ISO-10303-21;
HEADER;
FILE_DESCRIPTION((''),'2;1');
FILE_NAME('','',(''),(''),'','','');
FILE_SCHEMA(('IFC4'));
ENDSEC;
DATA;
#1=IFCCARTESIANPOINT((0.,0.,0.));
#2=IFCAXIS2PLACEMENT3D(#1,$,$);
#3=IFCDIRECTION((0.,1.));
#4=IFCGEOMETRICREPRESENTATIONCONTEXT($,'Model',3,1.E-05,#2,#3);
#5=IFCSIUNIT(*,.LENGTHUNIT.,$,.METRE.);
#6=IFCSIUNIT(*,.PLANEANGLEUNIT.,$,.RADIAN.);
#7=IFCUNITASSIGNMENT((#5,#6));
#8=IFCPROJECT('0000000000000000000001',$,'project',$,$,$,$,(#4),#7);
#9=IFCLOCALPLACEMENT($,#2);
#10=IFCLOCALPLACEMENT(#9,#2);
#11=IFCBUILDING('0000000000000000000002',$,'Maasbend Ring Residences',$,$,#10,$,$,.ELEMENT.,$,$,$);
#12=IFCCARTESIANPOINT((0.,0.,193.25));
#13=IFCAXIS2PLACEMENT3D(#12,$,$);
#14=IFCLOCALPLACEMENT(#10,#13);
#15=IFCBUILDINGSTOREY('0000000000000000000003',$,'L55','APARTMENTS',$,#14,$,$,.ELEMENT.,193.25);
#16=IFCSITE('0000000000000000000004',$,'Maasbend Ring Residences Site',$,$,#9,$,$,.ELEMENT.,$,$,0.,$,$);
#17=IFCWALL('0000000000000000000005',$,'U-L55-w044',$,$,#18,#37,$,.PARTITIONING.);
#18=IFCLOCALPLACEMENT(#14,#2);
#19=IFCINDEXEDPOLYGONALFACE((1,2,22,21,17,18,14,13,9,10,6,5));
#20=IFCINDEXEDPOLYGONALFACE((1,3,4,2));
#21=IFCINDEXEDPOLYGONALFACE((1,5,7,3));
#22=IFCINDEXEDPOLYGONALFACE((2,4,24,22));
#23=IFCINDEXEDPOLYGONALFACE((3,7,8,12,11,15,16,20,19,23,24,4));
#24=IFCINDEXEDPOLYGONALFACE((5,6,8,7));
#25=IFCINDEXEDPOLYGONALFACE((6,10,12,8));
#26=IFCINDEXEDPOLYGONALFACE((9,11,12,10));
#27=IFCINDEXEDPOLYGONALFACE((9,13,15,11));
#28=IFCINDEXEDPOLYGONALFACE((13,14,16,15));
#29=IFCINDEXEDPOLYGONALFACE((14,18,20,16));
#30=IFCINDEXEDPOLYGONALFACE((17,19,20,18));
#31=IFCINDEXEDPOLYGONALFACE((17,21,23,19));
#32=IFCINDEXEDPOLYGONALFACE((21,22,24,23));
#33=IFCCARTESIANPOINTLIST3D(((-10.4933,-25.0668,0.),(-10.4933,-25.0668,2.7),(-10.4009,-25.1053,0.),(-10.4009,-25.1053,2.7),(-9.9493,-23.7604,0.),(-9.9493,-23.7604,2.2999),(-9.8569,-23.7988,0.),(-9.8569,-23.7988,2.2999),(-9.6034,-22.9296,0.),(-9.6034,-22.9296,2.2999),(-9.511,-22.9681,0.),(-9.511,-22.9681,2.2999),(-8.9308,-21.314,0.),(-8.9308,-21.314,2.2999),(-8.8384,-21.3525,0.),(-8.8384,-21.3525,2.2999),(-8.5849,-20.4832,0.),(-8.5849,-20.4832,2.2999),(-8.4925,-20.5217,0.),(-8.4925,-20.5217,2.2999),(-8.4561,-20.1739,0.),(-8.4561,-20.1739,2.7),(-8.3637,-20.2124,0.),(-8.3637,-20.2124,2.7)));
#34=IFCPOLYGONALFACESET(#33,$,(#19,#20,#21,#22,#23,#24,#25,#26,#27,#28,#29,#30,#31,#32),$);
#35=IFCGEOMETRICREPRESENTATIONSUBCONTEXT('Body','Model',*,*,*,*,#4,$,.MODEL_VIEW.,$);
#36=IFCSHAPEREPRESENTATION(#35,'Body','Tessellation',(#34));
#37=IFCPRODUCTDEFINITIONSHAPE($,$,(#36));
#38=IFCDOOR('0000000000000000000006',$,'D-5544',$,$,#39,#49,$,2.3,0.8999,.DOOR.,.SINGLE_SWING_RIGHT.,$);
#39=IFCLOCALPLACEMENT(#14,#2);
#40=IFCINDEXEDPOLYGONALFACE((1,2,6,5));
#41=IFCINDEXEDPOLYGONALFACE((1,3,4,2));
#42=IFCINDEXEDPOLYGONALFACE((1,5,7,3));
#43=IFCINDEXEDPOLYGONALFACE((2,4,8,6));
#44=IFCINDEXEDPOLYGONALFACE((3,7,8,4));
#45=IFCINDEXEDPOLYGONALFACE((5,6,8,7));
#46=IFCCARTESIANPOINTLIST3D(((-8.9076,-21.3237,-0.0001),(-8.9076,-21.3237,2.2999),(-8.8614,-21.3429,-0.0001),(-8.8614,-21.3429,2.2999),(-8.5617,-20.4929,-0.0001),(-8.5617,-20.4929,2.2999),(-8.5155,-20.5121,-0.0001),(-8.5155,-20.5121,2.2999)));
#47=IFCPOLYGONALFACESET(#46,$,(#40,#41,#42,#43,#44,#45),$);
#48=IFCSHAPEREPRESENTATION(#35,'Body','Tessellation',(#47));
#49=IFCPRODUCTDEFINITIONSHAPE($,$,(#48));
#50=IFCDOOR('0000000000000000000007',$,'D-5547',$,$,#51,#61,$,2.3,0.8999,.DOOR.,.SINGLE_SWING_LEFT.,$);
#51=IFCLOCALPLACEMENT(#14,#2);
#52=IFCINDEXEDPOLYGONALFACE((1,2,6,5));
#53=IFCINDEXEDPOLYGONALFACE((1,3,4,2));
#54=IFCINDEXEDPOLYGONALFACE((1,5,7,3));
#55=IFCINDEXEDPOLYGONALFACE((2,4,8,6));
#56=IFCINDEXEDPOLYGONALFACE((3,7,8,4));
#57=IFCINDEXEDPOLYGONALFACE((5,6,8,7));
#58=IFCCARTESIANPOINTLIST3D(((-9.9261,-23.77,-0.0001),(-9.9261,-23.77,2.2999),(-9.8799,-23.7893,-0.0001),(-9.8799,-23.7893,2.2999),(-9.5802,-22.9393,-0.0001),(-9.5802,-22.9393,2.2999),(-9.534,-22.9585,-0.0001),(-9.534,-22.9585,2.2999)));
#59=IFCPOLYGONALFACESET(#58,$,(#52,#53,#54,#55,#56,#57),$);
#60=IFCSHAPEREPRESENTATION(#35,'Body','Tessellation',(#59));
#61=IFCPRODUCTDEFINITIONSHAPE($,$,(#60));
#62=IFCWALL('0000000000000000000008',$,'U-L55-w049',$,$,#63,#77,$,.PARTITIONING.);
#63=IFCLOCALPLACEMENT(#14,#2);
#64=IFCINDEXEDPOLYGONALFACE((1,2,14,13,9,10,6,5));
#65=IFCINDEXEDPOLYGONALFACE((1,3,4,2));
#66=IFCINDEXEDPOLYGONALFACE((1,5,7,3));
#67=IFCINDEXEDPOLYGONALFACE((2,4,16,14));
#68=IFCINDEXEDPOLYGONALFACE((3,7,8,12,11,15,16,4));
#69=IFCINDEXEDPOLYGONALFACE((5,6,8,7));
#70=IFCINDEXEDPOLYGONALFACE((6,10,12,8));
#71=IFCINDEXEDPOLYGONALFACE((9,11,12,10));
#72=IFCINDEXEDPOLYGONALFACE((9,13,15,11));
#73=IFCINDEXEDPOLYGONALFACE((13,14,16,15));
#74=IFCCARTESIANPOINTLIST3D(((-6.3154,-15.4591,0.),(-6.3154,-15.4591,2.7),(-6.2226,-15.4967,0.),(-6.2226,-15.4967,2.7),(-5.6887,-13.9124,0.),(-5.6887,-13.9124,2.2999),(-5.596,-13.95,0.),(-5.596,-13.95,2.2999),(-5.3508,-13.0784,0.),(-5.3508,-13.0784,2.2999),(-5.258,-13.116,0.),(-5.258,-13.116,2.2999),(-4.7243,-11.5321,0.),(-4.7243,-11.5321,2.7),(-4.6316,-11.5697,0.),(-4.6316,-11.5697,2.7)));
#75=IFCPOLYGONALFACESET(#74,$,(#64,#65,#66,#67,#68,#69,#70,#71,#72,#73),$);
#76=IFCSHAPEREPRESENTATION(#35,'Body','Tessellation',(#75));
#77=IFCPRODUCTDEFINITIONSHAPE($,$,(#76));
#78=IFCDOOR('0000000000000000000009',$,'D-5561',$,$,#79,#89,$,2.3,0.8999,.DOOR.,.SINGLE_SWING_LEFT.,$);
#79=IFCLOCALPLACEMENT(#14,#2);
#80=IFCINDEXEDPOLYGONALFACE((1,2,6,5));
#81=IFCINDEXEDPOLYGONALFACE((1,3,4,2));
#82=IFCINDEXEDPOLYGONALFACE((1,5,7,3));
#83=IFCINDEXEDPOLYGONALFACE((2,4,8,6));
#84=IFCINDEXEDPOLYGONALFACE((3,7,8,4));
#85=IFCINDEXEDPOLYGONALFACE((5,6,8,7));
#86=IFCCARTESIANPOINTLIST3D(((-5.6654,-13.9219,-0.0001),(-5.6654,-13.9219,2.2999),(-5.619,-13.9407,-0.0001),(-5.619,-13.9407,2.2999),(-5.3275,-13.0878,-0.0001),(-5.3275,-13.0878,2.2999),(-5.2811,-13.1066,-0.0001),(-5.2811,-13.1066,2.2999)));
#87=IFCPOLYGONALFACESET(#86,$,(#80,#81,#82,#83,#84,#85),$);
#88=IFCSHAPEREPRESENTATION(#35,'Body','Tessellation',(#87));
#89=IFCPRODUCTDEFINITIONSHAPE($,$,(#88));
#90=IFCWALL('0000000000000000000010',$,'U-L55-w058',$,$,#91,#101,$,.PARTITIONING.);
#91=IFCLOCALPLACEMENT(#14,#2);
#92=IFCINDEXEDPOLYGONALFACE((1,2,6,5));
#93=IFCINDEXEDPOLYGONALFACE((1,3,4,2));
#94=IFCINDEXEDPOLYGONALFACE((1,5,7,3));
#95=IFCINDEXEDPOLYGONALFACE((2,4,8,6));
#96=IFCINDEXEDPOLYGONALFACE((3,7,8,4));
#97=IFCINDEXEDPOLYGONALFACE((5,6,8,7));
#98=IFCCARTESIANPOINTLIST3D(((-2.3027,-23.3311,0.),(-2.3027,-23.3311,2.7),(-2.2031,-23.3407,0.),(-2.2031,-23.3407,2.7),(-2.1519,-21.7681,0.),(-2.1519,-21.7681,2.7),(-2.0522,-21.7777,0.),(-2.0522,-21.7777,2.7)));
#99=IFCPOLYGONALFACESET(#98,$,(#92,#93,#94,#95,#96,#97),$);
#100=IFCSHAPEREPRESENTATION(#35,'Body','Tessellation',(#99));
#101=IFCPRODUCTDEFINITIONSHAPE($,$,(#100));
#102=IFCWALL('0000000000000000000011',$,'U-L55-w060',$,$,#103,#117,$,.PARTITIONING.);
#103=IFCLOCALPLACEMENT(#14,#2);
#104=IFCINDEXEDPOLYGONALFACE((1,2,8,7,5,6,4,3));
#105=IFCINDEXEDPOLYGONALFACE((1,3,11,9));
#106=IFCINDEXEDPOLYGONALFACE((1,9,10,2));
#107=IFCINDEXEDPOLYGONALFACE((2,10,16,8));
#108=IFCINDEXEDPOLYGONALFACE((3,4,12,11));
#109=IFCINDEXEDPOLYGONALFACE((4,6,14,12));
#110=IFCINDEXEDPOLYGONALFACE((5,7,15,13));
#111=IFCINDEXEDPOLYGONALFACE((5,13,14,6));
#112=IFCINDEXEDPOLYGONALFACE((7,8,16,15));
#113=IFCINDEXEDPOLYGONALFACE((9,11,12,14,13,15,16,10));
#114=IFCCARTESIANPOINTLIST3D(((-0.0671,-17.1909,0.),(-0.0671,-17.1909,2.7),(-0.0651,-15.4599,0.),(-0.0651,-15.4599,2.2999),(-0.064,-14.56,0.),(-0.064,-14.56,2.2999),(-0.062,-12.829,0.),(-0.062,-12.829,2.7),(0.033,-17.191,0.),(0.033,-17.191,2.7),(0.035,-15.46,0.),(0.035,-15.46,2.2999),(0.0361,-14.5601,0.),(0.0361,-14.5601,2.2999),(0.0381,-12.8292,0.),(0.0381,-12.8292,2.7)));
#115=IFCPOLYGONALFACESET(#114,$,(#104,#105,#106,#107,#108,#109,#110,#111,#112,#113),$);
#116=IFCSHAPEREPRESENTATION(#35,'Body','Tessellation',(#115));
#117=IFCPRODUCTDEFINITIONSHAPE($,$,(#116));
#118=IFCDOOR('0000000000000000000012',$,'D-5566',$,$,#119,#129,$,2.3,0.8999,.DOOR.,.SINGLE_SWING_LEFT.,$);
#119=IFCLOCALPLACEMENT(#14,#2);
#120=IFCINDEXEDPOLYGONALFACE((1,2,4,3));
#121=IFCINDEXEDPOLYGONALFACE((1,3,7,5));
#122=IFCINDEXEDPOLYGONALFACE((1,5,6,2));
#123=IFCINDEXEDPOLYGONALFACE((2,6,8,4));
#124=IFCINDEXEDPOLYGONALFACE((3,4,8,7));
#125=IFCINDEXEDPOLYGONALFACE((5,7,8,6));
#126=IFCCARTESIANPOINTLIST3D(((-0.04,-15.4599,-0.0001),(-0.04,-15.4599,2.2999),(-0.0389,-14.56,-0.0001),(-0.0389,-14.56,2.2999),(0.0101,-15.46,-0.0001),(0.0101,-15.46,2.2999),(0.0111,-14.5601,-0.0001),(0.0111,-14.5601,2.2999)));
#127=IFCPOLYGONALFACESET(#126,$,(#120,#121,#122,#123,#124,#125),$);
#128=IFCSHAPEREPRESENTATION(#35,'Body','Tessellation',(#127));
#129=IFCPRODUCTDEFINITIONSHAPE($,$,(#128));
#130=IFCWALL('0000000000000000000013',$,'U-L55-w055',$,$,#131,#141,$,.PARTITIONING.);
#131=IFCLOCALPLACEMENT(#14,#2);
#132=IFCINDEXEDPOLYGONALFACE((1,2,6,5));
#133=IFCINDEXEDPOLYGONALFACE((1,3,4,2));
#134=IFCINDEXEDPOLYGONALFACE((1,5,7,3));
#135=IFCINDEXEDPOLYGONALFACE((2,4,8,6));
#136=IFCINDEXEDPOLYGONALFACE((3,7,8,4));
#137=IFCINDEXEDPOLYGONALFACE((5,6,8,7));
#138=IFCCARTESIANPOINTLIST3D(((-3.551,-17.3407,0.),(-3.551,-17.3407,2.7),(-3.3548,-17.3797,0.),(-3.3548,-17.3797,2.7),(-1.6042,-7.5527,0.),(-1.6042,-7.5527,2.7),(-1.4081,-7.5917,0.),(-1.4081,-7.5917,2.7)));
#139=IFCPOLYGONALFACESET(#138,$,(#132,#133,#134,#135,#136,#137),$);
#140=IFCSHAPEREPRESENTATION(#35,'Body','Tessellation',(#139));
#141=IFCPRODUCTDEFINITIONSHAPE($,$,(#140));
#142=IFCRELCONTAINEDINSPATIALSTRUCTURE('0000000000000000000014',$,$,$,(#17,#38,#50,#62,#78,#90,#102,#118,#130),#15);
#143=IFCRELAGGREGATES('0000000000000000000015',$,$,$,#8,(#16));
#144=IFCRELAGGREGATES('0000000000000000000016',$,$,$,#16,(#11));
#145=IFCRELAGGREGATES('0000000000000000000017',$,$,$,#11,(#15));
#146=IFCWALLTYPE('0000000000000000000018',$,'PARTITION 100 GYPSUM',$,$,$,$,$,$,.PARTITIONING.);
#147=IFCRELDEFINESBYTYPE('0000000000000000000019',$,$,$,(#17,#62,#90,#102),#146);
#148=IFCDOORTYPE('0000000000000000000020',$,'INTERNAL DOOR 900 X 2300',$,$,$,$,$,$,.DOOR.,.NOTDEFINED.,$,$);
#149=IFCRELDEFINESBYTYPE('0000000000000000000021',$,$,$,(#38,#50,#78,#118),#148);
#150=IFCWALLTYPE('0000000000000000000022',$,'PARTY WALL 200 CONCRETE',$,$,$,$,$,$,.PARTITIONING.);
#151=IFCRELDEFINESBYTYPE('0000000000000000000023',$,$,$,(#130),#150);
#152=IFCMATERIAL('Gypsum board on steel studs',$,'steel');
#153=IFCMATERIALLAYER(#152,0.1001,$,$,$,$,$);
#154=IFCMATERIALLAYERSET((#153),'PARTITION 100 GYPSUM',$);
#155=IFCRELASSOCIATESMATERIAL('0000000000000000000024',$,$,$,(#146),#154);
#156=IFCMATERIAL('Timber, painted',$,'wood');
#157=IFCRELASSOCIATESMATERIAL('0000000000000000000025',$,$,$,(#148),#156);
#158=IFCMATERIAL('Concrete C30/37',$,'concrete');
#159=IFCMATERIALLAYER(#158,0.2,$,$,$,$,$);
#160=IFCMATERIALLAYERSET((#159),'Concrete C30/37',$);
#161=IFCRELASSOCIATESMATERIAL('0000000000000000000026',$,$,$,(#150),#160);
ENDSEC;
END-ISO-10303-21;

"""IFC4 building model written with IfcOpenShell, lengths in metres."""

from ifc_helpers import new_model, si_unit, direction, frame, frame_2d, origin, place, context, subcontext, project, spatial, rectangle, extrude, material, layer, layer_set, type_object, element, fill, save


model = new_model("IFC4")

# Units and contexts
model_context = context("Model", 3, precision=1e-05, world=origin(), true_north=direction((0.0, 1.0)))
body_context = subcontext(model_context, "Body", "Model", "MODEL_VIEW")
ifc_project = project(units=[si_unit("LENGTHUNIT", "METRE"), si_unit("PLANEANGLEUNIT", "RADIAN")], contexts=[model_context])

# Site, building, storey
site_placement = place(None, origin())
site = spatial("IfcSite", under=ifc_project, at=site_placement, Name="Maasbend Ring Residences Site", CompositionType="ELEMENT", RefElevation=0.0)
building_placement = place(site_placement, origin())
building = spatial("IfcBuilding", under=site, at=building_placement, Name="Maasbend Ring Residences", CompositionType="ELEMENT")
storey_placement = place(building_placement, frame((0.0, 0.0, 193.25)))
storey = spatial("IfcBuildingStorey", under=building, at=storey_placement, Name="L55", Description="APARTMENTS", CompositionType="ELEMENT", Elevation=193.25)

# Shared definitions
ifc_material_1 = material(Name="Gypsum board on steel studs", Category="steel")
ifc_layer_1 = layer(ifc_material_1, 0.1001)
ifc_layer_set_1 = layer_set([ifc_layer_1], Name="PARTITION 100 GYPSUM")
wall_type_1 = type_object("IfcWallType", Name="PARTITION 100 GYPSUM", PredefinedType="PARTITIONING", material=ifc_layer_set_1)
ifc_material_2 = material(Name="Timber, painted", Category="wood")
door_type_1 = type_object("IfcDoorType", Name="INTERNAL DOOR 900 X 2300", OperationType="NOTDEFINED", PredefinedType="DOOR", material=ifc_material_2)

# Wall, openings, doors
wall_1_placement = place(storey_placement, frame((-10.447, -25.0859, 0.0), z_axis=(0.0, 0.0, 1.0), x_axis=(0.384364, 0.923182, 0.0)))
wall_1 = element("IfcWall", 1, at=wall_1_placement, inside=storey, type_object=wall_type_1, Name="U-L55-w044", PredefinedType="PARTITIONING", context=body_context, shape_type="SweptSolid", body=[
    extrude(rectangle(XDim=5.3, YDim=0.1001, at=frame_2d((2.6499, 0.0))), origin(), (0.0, 0.0, 1.0), 2.7),
])
opening_1_placement = place(wall_1_placement, frame((4.0649, 0.0, 0.0)))
opening_1 = element("IfcOpeningElement", 2, at=opening_1_placement, cuts=wall_1, PredefinedType="OPENING", context=body_context, shape_type="SweptSolid", body=[
    extrude(rectangle(XDim=0.8999, YDim=2.3, at=frame_2d((0.45, 1.1499))), frame((0.0, 0.0601, 0.0), z_axis=(0.0, -1.0, 0.0), x_axis=(1.0, 0.0, 0.0)), (0.0, 0.0, 1.0), 0.1201),
])
opening_2_placement = place(wall_1_placement, frame((1.415, 0.0, 0.0)))
opening_2 = element("IfcOpeningElement", 3, at=opening_2_placement, cuts=wall_1, PredefinedType="OPENING", context=body_context, shape_type="SweptSolid", body=[
    extrude(rectangle(XDim=0.8999, YDim=2.3, at=frame_2d((0.45, 1.1499))), frame((0.0, 0.0601, 0.0), z_axis=(0.0, -1.0, 0.0), x_axis=(1.0, 0.0, 0.0)), (0.0, 0.0, 1.0), 0.1201),
])
door_1_placement = place(opening_1_placement, origin())
door_1 = element("IfcDoor", 4, at=door_1_placement, inside=storey, type_object=door_type_1, Name="D-5544", OperationType="SINGLE_SWING_RIGHT", OverallHeight=2.3, OverallWidth=0.8999, PredefinedType="DOOR", context=body_context, shape_type="SweptSolid", body=[
    extrude(rectangle(XDim=0.8999, YDim=2.3, at=frame_2d((0.45, 1.1499))), frame((0.0, 0.0249, 0.0), z_axis=(0.0, -1.0, 0.0), x_axis=(1.0, 0.0, 0.0)), (0.0, 0.0, 1.0), 0.05),
])
fill(opening_1, door_1)
door_2_placement = place(opening_2_placement, origin())
door_2 = element("IfcDoor", 5, at=door_2_placement, inside=storey, type_object=door_type_1, Name="D-5547", OperationType="SINGLE_SWING_LEFT", OverallHeight=2.3, OverallWidth=0.8999, PredefinedType="DOOR", context=body_context, shape_type="SweptSolid", body=[
    extrude(rectangle(XDim=0.8999, YDim=2.3, at=frame_2d((0.45, 1.1499))), frame((0.0, 0.0249, 0.0), z_axis=(0.0, -1.0, 0.0), x_axis=(1.0, 0.0, 0.0)), (0.0, 0.0, 1.0), 0.05),
])
fill(opening_2, door_2)

# Wall, opening, door
wall_2_placement = place(storey_placement, frame((-6.269, -15.478, 0.0), z_axis=(0.0, 0.0, 1.0), x_axis=(0.37551, 0.926818, 0.0)))
wall_2 = element("IfcWall", 6, at=wall_2_placement, inside=storey, type_object=wall_type_1, Name="U-L55-w049", PredefinedType="PARTITIONING", context=body_context, shape_type="SweptSolid", body=[
    extrude(rectangle(XDim=4.2371, YDim=0.1001, at=frame_2d((2.1187, 0.0))), origin(), (0.0, 0.0, 1.0), 2.7),
])
opening_3_placement = place(wall_2_placement, frame((1.6689, 0.0, 0.0)))
opening_3 = element("IfcOpeningElement", 7, at=opening_3_placement, cuts=wall_2, PredefinedType="OPENING", context=body_context, shape_type="SweptSolid", body=[
    extrude(rectangle(XDim=0.8999, YDim=2.3, at=frame_2d((0.45, 1.1499))), frame((0.0, 0.0601, 0.0), z_axis=(0.0, -1.0, 0.0), x_axis=(1.0, 0.0, 0.0)), (0.0, 0.0, 1.0), 0.1201),
])
door_3_placement = place(opening_3_placement, origin())
door_3 = element("IfcDoor", 8, at=door_3_placement, inside=storey, type_object=door_type_1, Name="D-5561", OperationType="SINGLE_SWING_LEFT", OverallHeight=2.3, OverallWidth=0.8999, PredefinedType="DOOR", context=body_context, shape_type="SweptSolid", body=[
    extrude(rectangle(XDim=0.8999, YDim=2.3, at=frame_2d((0.45, 1.1499))), frame((0.0, 0.0249, 0.0), z_axis=(0.0, -1.0, 0.0), x_axis=(1.0, 0.0, 0.0)), (0.0, 0.0, 1.0), 0.05),
])
fill(opening_3, door_3)

# Wall
wall_3_placement = place(storey_placement, frame((-2.2529, -23.3359, 0.0), z_axis=(0.0, 0.0, 1.0), x_axis=(0.096086, 0.995373, 0.0)))
element("IfcWall", 9, at=wall_3_placement, inside=storey, type_object=wall_type_1, Name="U-L55-w058", PredefinedType="PARTITIONING", context=body_context, shape_type="SweptSolid", body=[
    extrude(rectangle(XDim=1.5703, YDim=0.1001, at=frame_2d((0.7852, 0.0))), origin(), (0.0, 0.0, 1.0), 2.7),
])

# Wall, opening, door
wall_4_placement = place(storey_placement, frame((-0.0171, -17.1909, 0.0), z_axis=(0.0, 0.0, 1.0), x_axis=(0.001175, 0.999999, 0.0)))
wall_4 = element("IfcWall", 10, at=wall_4_placement, inside=storey, type_object=wall_type_1, Name="U-L55-w060", PredefinedType="PARTITIONING", context=body_context, shape_type="SweptSolid", body=[
    extrude(rectangle(XDim=4.3618, YDim=0.1001, at=frame_2d((2.1809, 0.0))), origin(), (0.0, 0.0, 1.0), 2.7),
])
opening_4_placement = place(wall_4_placement, frame((1.731, 0.0, 0.0)))
opening_4 = element("IfcOpeningElement", 11, at=opening_4_placement, cuts=wall_4, PredefinedType="OPENING", context=body_context, shape_type="SweptSolid", body=[
    extrude(rectangle(XDim=0.8999, YDim=2.3, at=frame_2d((0.45, 1.1499))), frame((0.0, 0.0601, 0.0), z_axis=(0.0, -1.0, 0.0), x_axis=(1.0, 0.0, 0.0)), (0.0, 0.0, 1.0), 0.1201),
])
door_4_placement = place(opening_4_placement, origin())
door_4 = element("IfcDoor", 12, at=door_4_placement, inside=storey, type_object=door_type_1, Name="D-5566", OperationType="SINGLE_SWING_LEFT", OverallHeight=2.3, OverallWidth=0.8999, PredefinedType="DOOR", context=body_context, shape_type="SweptSolid", body=[
    extrude(rectangle(XDim=0.8999, YDim=2.3, at=frame_2d((0.45, 1.1499))), frame((0.0, 0.0249, 0.0), z_axis=(0.0, -1.0, 0.0), x_axis=(1.0, 0.0, 0.0)), (0.0, 0.0, 1.0), 0.05),
])
fill(opening_4, door_4)

# Wall
ifc_material_3 = material(Name="Concrete C30/37", Category="concrete")
ifc_layer_2 = layer(ifc_material_3, 0.2)
ifc_layer_set_2 = layer_set([ifc_layer_2], Name="Concrete C30/37")
wall_type_2 = type_object("IfcWallType", Name="PARTY WALL 200 CONCRETE", PredefinedType="PARTITIONING", material=ifc_layer_set_2)
wall_5_placement = place(storey_placement, frame((-3.4529, -17.3601, 0.0), z_axis=(0.0, 0.0, 1.0), x_axis=(0.195072, 0.980789, 0.0)))
element("IfcWall", 13, at=wall_5_placement, inside=storey, type_object=wall_type_2, Name="U-L55-w055", PredefinedType="PARTITIONING", context=body_context, shape_type="SweptSolid", body=[
    extrude(rectangle(XDim=9.9797, YDim=0.2, at=frame_2d((4.9897, 0.0))), origin(), (0.0, 0.0, 1.0), 2.7),
])

save(model, "model.ifc")
